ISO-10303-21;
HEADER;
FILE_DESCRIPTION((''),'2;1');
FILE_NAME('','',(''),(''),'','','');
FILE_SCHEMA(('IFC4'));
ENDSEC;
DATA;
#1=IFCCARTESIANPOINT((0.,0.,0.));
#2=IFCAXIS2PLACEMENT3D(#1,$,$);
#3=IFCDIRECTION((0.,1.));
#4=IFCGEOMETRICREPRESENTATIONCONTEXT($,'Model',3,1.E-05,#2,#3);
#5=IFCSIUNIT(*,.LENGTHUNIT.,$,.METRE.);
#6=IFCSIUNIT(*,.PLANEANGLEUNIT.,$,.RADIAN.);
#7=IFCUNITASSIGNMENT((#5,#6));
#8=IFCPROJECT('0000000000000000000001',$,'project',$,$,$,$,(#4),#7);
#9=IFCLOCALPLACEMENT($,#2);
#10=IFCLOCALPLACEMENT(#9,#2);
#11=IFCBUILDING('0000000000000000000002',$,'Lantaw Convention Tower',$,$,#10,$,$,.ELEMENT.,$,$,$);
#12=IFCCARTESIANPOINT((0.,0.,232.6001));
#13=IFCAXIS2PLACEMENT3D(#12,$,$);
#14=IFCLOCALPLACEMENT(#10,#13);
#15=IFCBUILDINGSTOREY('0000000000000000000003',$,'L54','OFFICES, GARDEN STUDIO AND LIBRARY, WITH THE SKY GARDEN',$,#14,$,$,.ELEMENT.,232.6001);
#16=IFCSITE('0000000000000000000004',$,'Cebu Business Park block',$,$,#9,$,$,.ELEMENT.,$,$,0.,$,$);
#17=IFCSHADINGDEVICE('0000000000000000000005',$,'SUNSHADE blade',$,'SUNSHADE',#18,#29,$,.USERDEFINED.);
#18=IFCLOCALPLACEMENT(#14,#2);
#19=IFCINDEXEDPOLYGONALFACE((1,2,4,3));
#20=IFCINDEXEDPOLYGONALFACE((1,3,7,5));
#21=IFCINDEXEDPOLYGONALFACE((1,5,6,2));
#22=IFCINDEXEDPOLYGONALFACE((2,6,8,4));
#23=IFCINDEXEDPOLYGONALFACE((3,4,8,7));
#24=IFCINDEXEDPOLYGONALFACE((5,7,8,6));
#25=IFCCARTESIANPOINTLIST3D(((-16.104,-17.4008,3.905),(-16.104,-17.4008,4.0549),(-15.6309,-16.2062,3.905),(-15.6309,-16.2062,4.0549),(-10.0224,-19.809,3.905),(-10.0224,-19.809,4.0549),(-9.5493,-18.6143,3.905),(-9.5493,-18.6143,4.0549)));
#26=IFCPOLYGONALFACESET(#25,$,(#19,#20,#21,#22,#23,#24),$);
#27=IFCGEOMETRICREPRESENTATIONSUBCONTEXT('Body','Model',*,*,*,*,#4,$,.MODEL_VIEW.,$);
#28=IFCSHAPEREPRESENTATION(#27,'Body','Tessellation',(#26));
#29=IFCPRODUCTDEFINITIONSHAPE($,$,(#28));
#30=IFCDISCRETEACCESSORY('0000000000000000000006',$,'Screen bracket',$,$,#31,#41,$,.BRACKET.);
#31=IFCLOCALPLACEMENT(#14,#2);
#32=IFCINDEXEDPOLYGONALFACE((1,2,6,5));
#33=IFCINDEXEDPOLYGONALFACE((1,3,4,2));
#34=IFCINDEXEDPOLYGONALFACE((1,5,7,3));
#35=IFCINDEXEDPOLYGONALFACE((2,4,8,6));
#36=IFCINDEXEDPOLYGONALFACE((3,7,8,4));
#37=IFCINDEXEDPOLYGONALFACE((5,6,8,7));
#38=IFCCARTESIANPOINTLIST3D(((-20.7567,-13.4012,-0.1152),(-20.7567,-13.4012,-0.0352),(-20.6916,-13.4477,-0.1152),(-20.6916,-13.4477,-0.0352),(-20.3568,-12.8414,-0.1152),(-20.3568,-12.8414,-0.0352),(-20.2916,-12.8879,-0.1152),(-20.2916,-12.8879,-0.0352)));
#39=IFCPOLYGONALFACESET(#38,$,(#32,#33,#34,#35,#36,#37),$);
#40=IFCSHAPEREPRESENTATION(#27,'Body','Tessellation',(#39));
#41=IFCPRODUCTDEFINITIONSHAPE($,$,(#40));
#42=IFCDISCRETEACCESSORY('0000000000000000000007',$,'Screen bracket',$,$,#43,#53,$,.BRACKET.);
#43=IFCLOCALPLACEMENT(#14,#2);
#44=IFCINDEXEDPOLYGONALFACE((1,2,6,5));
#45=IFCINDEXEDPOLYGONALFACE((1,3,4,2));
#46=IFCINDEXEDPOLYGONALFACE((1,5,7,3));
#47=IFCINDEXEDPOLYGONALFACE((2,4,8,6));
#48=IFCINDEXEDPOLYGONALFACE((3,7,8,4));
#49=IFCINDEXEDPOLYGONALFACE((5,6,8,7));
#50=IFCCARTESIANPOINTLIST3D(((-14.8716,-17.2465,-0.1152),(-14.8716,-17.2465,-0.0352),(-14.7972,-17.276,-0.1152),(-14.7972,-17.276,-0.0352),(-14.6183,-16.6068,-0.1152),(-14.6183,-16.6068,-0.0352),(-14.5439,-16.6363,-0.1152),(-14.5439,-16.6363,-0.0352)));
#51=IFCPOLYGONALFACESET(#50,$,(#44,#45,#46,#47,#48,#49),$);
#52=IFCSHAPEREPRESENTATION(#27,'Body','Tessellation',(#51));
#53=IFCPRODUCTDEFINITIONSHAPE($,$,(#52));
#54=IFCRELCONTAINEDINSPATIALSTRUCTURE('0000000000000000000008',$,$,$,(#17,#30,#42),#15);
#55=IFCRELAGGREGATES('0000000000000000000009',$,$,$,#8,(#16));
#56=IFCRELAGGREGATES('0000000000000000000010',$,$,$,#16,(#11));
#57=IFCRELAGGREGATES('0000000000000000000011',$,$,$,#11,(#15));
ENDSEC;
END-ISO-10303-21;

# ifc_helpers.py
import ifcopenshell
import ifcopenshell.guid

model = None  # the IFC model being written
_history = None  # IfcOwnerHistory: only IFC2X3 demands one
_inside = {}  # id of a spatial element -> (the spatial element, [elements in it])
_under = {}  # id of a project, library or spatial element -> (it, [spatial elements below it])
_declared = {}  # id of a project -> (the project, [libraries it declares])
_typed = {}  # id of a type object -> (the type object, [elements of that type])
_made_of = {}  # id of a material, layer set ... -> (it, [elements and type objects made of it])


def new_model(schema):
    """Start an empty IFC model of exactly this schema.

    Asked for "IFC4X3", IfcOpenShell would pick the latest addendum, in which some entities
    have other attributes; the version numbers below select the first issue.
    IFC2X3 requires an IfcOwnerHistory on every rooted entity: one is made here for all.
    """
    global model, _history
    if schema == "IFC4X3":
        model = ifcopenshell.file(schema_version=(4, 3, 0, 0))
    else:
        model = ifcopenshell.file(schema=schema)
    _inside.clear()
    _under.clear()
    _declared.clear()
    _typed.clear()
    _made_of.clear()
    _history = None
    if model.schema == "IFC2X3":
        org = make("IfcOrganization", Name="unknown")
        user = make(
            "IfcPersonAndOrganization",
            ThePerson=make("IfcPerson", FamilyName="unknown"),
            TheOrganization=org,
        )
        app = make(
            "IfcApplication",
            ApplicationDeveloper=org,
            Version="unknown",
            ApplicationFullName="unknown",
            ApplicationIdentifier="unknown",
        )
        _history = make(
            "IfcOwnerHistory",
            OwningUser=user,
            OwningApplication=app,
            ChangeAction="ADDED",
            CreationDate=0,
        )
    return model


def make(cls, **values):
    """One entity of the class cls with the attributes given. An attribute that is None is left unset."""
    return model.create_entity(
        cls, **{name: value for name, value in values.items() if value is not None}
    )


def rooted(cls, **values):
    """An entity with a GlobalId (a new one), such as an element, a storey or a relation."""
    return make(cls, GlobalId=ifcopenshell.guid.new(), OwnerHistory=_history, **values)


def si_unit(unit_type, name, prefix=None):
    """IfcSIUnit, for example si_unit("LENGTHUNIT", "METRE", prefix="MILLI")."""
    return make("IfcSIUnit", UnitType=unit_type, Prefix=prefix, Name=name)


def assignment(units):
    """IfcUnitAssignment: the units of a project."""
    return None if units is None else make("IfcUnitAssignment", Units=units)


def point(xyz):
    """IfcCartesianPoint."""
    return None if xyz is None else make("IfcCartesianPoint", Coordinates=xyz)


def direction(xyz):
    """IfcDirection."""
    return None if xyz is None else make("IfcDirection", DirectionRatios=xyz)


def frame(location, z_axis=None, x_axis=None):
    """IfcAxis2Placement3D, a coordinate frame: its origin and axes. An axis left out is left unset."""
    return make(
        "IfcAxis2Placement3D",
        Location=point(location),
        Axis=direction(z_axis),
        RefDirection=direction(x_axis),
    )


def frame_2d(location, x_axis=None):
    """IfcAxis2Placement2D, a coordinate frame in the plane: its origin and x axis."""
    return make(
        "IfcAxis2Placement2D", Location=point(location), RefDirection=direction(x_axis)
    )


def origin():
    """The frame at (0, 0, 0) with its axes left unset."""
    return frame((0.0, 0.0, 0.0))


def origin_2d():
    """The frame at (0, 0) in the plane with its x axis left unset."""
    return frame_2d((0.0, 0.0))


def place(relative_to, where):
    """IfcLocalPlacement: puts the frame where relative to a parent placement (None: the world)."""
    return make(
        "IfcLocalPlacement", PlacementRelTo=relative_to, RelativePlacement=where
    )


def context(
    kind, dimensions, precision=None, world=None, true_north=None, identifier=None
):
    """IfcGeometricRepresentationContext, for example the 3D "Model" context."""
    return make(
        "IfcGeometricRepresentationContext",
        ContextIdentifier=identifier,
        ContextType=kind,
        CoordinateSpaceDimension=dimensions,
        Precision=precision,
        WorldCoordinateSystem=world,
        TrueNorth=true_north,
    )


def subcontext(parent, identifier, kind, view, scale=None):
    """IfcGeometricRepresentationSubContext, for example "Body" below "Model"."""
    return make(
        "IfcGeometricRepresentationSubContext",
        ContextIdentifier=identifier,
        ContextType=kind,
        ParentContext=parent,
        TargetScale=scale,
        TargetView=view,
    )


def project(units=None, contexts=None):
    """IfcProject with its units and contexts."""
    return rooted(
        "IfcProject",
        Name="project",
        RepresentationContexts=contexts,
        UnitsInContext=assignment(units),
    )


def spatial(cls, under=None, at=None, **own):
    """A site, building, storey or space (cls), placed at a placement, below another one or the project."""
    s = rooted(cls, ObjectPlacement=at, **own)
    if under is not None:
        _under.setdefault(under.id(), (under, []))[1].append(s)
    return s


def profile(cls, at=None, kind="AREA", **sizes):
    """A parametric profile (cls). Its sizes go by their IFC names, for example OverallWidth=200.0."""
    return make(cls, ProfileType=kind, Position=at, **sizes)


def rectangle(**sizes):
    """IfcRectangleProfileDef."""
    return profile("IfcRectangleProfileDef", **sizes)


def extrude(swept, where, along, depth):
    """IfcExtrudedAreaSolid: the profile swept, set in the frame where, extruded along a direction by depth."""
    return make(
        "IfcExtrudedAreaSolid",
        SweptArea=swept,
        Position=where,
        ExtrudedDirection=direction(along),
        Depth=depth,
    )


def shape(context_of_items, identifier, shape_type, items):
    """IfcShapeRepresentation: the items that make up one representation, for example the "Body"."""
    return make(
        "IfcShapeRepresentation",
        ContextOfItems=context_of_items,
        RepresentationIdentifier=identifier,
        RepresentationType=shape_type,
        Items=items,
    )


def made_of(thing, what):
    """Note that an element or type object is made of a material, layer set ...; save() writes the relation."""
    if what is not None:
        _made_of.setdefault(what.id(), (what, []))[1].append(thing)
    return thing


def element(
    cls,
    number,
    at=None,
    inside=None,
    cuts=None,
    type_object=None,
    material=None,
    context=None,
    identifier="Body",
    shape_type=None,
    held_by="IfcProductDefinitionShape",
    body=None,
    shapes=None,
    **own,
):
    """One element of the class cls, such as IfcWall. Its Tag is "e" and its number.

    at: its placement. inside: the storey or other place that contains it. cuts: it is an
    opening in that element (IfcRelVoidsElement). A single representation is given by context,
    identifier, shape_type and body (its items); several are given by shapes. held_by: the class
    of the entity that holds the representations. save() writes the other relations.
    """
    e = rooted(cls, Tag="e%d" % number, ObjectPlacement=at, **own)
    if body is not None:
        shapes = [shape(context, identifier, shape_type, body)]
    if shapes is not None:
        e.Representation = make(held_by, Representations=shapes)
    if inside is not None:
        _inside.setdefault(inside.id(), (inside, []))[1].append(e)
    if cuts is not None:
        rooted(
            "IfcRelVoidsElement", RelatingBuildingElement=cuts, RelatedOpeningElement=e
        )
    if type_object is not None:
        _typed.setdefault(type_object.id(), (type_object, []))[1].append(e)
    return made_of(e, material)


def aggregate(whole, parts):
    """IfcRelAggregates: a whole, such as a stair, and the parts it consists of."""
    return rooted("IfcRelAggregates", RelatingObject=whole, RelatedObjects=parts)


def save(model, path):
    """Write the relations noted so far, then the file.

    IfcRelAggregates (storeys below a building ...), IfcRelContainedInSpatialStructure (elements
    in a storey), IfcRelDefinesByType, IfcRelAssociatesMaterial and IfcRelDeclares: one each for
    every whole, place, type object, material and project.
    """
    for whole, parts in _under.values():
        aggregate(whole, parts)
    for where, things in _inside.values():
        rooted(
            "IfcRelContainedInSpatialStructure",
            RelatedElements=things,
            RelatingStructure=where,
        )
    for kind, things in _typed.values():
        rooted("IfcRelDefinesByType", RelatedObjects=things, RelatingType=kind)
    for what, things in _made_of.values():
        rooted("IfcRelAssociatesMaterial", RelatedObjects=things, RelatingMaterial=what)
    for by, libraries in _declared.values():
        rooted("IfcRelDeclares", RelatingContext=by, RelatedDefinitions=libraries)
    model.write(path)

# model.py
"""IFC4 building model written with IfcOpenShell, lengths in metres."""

from ifc_helpers import new_model, si_unit, direction, frame, origin, origin_2d, place, context, subcontext, project, spatial, rectangle, extrude, element, save


model = new_model("IFC4")

# Units and contexts
model_context = context("Model", 3, precision=1e-05, world=origin(), true_north=direction((0.0, 1.0)))
body_context = subcontext(model_context, "Body", "Model", "MODEL_VIEW")
ifc_project = project(units=[si_unit("LENGTHUNIT", "METRE"), si_unit("PLANEANGLEUNIT", "RADIAN")], contexts=[model_context])

# Site, building, storey
site_placement = place(None, origin())
site = spatial("IfcSite", under=ifc_project, at=site_placement, Name="Cebu Business Park block", CompositionType="ELEMENT", RefElevation=0.0)
building_placement = place(site_placement, origin())
building = spatial("IfcBuilding", under=site, at=building_placement, Name="Lantaw Convention Tower", CompositionType="ELEMENT")
storey_placement = place(building_placement, frame((0.0, 0.0, 232.6001)))
storey = spatial("IfcBuildingStorey", under=building, at=storey_placement, Name="L54", Description="OFFICES, GARDEN STUDIO AND LIBRARY, WITH THE SKY GARDEN", CompositionType="ELEMENT", Elevation=232.6001)

# Shading device
shading_device_1_placement = place(storey_placement, frame((-12.8267, -18.0076, 3.905), z_axis=(0.0, 0.0, 1.0), x_axis=(0.929762, -0.368162, 0.0)))
element("IfcShadingDevice", 1, at=shading_device_1_placement, inside=storey, Name="SUNSHADE blade", ObjectType="SUNSHADE", PredefinedType="USERDEFINED", context=body_context, shape_type="SweptSolid", body=[
    extrude(rectangle(XDim=6.541, YDim=1.2849, at=origin_2d()), origin(), (0.0, 0.0, 1.0), 0.1499),
])

# Discrete accessories
for number, where, z_axis, x_axis, name in (
    (2, (-20.5242, -13.1445, -0.1152), (0.0, 0.0, 1.0), (0.813673, -0.581323, 0.0), "Screen bracket"),
    (3, (-14.7078, -16.9414, -0.1152), (0.0, 0.0, 1.0), (0.929762, -0.368162, 0.0), "Screen bracket"),
):
    element("IfcDiscreteAccessory", number, at=place(storey_placement, frame(where, z_axis=z_axis, x_axis=x_axis)), inside=storey, Name=name, PredefinedType="BRACKET", context=body_context, shape_type="SweptSolid", body=[
        extrude(rectangle(XDim=0.0801, YDim=0.688, at=origin_2d()), origin(), (0.0, 0.0, 1.0), 0.0801),
    ])

save(model, "model.ifc")
